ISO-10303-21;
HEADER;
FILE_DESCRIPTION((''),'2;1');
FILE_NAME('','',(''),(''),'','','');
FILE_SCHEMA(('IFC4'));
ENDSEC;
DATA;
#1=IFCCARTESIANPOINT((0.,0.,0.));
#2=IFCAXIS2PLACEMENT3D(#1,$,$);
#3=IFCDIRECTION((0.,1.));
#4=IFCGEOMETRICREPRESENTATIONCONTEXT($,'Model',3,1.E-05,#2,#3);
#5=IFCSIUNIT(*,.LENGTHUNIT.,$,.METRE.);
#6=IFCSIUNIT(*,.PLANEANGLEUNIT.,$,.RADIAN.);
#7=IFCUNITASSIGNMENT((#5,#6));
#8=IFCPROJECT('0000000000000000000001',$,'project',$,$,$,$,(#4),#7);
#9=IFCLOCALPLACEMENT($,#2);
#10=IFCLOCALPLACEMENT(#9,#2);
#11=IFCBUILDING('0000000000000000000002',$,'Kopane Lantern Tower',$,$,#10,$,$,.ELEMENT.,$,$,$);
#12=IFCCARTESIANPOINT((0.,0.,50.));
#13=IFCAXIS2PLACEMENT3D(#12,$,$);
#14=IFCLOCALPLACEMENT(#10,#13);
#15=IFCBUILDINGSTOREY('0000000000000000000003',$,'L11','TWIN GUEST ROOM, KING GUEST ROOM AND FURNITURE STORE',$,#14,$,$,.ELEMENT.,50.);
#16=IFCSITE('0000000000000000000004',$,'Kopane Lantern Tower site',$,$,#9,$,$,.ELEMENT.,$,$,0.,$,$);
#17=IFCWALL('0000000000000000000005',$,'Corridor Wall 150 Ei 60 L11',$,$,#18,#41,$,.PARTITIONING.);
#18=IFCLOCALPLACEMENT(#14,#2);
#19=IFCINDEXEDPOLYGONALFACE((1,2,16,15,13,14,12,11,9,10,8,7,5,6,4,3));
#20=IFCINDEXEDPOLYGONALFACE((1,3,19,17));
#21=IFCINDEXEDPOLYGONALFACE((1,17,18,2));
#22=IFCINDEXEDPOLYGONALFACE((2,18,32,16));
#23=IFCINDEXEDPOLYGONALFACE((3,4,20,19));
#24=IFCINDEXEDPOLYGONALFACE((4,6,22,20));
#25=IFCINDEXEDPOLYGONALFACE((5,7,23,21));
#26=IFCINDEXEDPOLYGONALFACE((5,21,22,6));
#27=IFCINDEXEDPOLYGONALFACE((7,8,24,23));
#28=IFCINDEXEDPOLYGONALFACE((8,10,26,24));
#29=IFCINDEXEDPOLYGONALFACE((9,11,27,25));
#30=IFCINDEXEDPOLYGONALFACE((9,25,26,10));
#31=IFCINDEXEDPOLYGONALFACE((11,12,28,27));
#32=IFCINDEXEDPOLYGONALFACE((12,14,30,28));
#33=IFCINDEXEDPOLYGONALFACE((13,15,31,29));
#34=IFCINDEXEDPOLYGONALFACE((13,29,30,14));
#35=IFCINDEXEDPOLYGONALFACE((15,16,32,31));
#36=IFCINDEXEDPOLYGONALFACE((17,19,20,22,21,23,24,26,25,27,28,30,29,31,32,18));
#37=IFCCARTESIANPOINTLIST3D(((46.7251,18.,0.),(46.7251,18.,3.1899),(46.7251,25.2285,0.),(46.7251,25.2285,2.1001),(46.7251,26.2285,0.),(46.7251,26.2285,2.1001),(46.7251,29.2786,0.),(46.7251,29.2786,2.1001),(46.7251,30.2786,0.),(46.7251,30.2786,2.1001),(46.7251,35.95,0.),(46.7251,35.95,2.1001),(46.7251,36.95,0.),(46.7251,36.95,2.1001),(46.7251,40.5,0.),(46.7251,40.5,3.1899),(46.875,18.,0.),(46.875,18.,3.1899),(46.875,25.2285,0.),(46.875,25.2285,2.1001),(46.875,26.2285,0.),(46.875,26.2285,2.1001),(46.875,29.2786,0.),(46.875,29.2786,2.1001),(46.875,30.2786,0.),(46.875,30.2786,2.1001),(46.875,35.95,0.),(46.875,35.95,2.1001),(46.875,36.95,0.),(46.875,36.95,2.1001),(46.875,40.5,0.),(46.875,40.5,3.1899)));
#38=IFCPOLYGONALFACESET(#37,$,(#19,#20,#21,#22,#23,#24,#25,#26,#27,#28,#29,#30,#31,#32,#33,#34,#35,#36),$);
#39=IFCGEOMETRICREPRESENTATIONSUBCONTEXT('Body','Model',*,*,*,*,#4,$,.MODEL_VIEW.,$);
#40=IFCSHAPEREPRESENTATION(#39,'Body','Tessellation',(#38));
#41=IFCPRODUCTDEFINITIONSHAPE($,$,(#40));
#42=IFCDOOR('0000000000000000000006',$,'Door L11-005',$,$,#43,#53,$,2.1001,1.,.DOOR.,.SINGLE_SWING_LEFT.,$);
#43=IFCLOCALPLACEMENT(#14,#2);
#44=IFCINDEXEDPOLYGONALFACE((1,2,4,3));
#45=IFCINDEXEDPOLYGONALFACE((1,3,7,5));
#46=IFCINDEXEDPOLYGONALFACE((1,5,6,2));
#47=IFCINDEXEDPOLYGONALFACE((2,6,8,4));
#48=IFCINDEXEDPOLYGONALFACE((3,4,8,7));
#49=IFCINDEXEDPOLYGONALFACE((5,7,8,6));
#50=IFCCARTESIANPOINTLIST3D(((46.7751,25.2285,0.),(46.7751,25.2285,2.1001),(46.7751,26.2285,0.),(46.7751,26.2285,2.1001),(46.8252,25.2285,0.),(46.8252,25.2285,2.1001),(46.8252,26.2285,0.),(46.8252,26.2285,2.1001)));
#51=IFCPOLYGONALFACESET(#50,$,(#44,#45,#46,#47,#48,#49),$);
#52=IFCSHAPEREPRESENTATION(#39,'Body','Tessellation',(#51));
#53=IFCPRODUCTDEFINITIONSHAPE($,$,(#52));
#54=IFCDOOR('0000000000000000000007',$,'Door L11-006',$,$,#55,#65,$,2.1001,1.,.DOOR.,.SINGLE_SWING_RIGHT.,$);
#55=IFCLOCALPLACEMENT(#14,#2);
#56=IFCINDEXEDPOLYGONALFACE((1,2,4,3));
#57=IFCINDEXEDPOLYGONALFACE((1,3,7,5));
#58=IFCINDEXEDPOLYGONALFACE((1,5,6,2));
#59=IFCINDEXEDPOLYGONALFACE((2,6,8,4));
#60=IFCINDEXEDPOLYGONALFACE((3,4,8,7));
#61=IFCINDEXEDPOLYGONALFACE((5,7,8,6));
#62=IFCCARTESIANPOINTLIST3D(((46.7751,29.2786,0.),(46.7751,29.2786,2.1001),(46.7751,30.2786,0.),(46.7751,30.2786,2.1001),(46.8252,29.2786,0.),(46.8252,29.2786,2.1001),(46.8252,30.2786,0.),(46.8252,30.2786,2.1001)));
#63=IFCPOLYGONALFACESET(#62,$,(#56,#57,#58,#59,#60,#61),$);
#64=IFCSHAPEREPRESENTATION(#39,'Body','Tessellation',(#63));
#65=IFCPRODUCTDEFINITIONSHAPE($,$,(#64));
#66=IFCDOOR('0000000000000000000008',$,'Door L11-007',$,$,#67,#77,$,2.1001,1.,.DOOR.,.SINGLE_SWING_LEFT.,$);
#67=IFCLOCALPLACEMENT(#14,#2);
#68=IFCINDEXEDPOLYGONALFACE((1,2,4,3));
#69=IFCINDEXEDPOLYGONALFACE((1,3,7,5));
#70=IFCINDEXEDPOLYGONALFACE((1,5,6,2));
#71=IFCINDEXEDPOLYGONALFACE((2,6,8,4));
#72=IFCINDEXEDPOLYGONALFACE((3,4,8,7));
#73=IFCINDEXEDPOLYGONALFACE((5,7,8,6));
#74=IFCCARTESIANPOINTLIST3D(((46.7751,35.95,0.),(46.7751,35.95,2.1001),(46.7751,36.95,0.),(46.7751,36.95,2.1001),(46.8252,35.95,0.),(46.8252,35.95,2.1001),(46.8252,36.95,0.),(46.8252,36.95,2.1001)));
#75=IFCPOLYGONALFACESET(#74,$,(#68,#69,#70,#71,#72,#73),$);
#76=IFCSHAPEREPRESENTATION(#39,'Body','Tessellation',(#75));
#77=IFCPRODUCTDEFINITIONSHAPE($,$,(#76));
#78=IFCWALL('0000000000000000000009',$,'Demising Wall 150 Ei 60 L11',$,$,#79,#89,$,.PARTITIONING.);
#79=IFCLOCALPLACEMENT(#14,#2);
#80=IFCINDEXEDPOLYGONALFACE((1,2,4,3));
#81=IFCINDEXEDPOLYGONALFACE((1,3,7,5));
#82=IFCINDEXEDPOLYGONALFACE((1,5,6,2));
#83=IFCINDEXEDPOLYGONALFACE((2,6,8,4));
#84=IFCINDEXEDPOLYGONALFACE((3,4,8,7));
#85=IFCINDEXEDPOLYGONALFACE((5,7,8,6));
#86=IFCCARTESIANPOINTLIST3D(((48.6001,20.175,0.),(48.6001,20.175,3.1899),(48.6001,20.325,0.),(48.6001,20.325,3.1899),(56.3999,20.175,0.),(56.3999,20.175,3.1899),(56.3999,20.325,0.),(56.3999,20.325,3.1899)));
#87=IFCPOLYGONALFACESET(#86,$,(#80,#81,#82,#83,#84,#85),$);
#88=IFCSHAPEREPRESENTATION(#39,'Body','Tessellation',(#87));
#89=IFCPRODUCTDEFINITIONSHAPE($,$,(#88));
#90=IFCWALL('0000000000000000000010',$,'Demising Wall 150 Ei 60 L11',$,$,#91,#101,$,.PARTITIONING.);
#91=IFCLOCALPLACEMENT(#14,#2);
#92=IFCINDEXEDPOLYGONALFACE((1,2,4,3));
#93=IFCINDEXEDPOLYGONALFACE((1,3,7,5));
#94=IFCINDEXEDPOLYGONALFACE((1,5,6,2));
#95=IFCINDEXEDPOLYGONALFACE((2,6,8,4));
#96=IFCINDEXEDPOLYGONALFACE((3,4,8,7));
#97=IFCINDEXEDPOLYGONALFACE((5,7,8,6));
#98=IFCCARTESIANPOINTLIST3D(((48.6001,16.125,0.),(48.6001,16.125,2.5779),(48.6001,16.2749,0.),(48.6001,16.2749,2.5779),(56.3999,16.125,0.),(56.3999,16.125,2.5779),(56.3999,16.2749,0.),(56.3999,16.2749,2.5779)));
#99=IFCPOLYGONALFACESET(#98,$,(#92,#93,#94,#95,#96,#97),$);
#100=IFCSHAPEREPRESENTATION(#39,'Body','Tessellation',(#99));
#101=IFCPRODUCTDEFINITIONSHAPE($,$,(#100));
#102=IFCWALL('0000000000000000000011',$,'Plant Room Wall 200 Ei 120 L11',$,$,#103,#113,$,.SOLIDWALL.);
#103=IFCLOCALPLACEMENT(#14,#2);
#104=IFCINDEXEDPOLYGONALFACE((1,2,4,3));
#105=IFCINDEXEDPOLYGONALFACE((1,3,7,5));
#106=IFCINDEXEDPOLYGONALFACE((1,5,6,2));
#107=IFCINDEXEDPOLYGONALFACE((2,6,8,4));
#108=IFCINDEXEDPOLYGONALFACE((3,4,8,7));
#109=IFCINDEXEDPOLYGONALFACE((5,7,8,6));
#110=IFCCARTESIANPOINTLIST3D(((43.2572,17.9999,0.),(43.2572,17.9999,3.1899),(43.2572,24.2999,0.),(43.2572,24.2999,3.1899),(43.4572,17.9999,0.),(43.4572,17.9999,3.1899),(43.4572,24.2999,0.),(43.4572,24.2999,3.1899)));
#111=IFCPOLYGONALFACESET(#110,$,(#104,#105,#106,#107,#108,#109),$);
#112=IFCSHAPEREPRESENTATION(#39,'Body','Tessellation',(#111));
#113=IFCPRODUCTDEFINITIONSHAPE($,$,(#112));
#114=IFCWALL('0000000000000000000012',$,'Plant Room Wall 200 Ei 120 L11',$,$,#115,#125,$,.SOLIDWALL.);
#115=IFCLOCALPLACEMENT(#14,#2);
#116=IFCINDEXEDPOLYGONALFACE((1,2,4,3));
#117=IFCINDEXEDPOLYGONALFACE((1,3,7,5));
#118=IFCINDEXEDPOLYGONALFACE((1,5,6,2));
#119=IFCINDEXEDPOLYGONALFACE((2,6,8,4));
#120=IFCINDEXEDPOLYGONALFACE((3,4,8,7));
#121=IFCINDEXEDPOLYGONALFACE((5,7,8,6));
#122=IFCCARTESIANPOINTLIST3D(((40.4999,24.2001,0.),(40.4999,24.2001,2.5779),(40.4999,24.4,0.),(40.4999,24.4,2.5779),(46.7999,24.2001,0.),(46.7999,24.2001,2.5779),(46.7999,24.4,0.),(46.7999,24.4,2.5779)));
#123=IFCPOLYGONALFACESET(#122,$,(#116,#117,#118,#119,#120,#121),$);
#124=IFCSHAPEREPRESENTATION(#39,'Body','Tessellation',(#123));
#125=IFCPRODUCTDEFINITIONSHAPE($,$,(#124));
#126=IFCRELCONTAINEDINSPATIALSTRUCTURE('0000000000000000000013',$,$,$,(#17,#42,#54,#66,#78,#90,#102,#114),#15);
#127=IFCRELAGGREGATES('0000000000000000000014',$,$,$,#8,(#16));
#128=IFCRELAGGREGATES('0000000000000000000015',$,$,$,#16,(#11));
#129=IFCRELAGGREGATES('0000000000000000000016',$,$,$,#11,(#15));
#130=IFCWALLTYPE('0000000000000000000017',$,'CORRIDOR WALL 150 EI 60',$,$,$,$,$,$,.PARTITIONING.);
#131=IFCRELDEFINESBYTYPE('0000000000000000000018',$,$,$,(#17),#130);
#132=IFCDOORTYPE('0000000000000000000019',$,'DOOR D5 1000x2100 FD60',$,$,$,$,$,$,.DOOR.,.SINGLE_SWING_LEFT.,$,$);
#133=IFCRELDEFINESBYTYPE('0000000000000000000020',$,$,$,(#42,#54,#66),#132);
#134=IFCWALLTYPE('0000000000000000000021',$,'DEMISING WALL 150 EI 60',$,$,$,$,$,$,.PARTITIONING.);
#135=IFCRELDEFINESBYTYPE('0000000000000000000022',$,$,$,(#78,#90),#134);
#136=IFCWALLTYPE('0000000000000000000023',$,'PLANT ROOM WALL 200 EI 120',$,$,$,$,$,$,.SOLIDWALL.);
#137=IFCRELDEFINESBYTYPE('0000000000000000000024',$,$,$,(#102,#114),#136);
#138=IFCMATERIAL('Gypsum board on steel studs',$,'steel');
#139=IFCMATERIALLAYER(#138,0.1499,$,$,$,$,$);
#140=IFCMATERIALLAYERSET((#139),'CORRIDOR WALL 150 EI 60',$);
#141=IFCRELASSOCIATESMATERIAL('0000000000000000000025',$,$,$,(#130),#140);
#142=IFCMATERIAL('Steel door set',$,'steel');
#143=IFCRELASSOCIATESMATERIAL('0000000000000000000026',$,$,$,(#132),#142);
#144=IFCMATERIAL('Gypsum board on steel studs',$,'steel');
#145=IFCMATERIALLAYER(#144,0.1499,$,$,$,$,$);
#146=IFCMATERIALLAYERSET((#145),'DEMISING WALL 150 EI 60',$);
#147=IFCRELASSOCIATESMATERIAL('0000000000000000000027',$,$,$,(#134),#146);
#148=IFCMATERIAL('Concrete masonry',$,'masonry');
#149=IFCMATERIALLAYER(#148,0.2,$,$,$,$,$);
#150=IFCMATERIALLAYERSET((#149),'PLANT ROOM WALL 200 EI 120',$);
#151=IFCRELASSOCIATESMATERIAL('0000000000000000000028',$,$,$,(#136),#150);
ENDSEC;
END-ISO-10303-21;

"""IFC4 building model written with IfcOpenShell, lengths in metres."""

from ifc_helpers import new_model, si_unit, direction, frame, frame_2d, origin, place, context, subcontext, project, spatial, rectangle, extrude, material, layer, layer_set, type_object, element, fill, save


model = new_model("IFC4")

# Units and contexts
model_context = context("Model", 3, precision=1e-05, world=origin(), true_north=direction((0.0, 1.0)))
body_context = subcontext(model_context, "Body", "Model", "MODEL_VIEW")
ifc_project = project(units=[si_unit("LENGTHUNIT", "METRE"), si_unit("PLANEANGLEUNIT", "RADIAN")], contexts=[model_context])

# Site, building, storey
site_placement = place(None, origin())
site = spatial("IfcSite", under=ifc_project, at=site_placement, Name="Kopane Lantern Tower site", CompositionType="ELEMENT", RefElevation=0.0)
building_placement = place(site_placement, origin())
building = spatial("IfcBuilding", under=site, at=building_placement, Name="Kopane Lantern Tower", CompositionType="ELEMENT")
storey_placement = place(building_placement, frame((0.0, 0.0, 50.0)))
storey = spatial("IfcBuildingStorey", under=building, at=storey_placement, Name="L11", Description="TWIN GUEST ROOM, KING GUEST ROOM AND FURNITURE STORE", CompositionType="ELEMENT", Elevation=50.0)

# Wall, openings, doors
ifc_material_1 = material(Name="Gypsum board on steel studs", Category="steel")
ifc_layer_1 = layer(ifc_material_1, 0.1499)
ifc_layer_set_1 = layer_set([ifc_layer_1], Name="CORRIDOR WALL 150 EI 60")
wall_type_1 = type_object("IfcWallType", Name="CORRIDOR WALL 150 EI 60", PredefinedType="PARTITIONING", material=ifc_layer_set_1)
wall_1_placement = place(storey_placement, frame((46.8, 18.0, 0.0), z_axis=(0.0, 0.0, 1.0), x_axis=(0.0, 1.0, 0.0)))
wall_1 = element("IfcWall", 1, at=wall_1_placement, inside=storey, type_object=wall_type_1, Name="Corridor Wall 150 Ei 60 L11", PredefinedType="PARTITIONING", context=body_context, shape_type="SweptSolid", body=[
    extrude(rectangle(XDim=22.5, YDim=0.1499, at=frame_2d((11.25, 0.0))), origin(), (0.0, 0.0, 1.0), 3.1899),
])
opening_1_placement = place(wall_1_placement, frame((7.2285, 0.0, 0.0)))
opening_1 = element("IfcOpeningElement", 2, at=opening_1_placement, cuts=wall_1, PredefinedType="OPENING", context=body_context, shape_type="SweptSolid", body=[
    extrude(rectangle(XDim=1.0, YDim=2.1001, at=frame_2d((0.5, 1.05))), frame((0.0, 0.085, 0.0), z_axis=(0.0, -1.0, 0.0), x_axis=(1.0, 0.0, 0.0)), (0.0, 0.0, 1.0), 0.1699),
])
opening_2_placement = place(wall_1_placement, frame((11.2786, 0.0, 0.0)))
opening_2 = element("IfcOpeningElement", 3, at=opening_2_placement, cuts=wall_1, PredefinedType="OPENING", context=body_context, shape_type="SweptSolid", body=[
    extrude(rectangle(XDim=1.0, YDim=2.1001, at=frame_2d((0.5, 1.05))), frame((0.0, 0.085, 0.0), z_axis=(0.0, -1.0, 0.0), x_axis=(1.0, 0.0, 0.0)), (0.0, 0.0, 1.0), 0.1699),
])
opening_3_placement = place(wall_1_placement, frame((17.95, 0.0, 0.0)))
opening_3 = element("IfcOpeningElement", 4, at=opening_3_placement, cuts=wall_1, PredefinedType="OPENING", context=body_context, shape_type="SweptSolid", body=[
    extrude(rectangle(XDim=1.0, YDim=2.1001, at=frame_2d((0.5, 1.05))), frame((0.0, 0.085, 0.0), z_axis=(0.0, -1.0, 0.0), x_axis=(1.0, 0.0, 0.0)), (0.0, 0.0, 1.0), 0.1699),
])
ifc_material_2 = material(Name="Steel door set", Category="steel")
door_type_1 = type_object("IfcDoorType", Name="DOOR D5 1000x2100 FD60", OperationType="SINGLE_SWING_LEFT", PredefinedType="DOOR", material=ifc_material_2)
door_1_placement = place(opening_1_placement, origin())
door_1 = element("IfcDoor", 5, at=door_1_placement, inside=storey, type_object=door_type_1, Name="Door L11-005", OperationType="SINGLE_SWING_LEFT", OverallHeight=2.1001, OverallWidth=1.0, PredefinedType="DOOR", context=body_context, shape_type="SweptSolid", body=[
    extrude(rectangle(XDim=1.0, YDim=2.1001, at=frame_2d((0.5, 1.05))), frame((0.0, 0.0249, 0.0), z_axis=(0.0, -1.0, 0.0), x_axis=(1.0, 0.0, 0.0)), (0.0, 0.0, 1.0), 0.05),
])
fill(opening_1, door_1)
door_2_placement = place(opening_2_placement, origin())
door_2 = element("IfcDoor", 6, at=door_2_placement, inside=storey, type_object=door_type_1, Name="Door L11-006", OperationType="SINGLE_SWING_RIGHT", OverallHeight=2.1001, OverallWidth=1.0, PredefinedType="DOOR", context=body_context, shape_type="SweptSolid", body=[
    extrude(rectangle(XDim=1.0, YDim=2.1001, at=frame_2d((0.5, 1.05))), frame((0.0, 0.0249, 0.0), z_axis=(0.0, -1.0, 0.0), x_axis=(1.0, 0.0, 0.0)), (0.0, 0.0, 1.0), 0.05),
])
fill(opening_2, door_2)
door_3_placement = place(opening_3_placement, origin())
door_3 = element("IfcDoor", 7, at=door_3_placement, inside=storey, type_object=door_type_1, Name="Door L11-007", OperationType="SINGLE_SWING_LEFT", OverallHeight=2.1001, OverallWidth=1.0, PredefinedType="DOOR", context=body_context, shape_type="SweptSolid", body=[
    extrude(rectangle(XDim=1.0, YDim=2.1001, at=frame_2d((0.5, 1.05))), frame((0.0, 0.0249, 0.0), z_axis=(0.0, -1.0, 0.0), x_axis=(1.0, 0.0, 0.0)), (0.0, 0.0, 1.0), 0.05),
])
fill(opening_3, door_3)

# Walls
ifc_material_3 = material(Name="Gypsum board on steel studs", Category="steel")
ifc_layer_2 = layer(ifc_material_3, 0.1499)
ifc_layer_set_2 = layer_set([ifc_layer_2], Name="DEMISING WALL 150 EI 60")
wall_type_2 = type_object("IfcWallType", Name="DEMISING WALL 150 EI 60", PredefinedType="PARTITIONING", material=ifc_layer_set_2)
wall_2_placement = place(storey_placement, frame((48.6001, 20.25, 0.0), z_axis=(0.0, 0.0, 1.0), x_axis=(1.0, 0.0, 0.0)))
element("IfcWall", 8, at=wall_2_placement, inside=storey, type_object=wall_type_2, Name="Demising Wall 150 Ei 60 L11", PredefinedType="PARTITIONING", context=body_context, shape_type="SweptSolid", body=[
    extrude(rectangle(XDim=7.7998, YDim=0.1499, at=frame_2d((3.8999, 0.0))), origin(), (0.0, 0.0, 1.0), 3.1899),
])
wall_3_placement = place(storey_placement, frame((48.6001, 16.2, 0.0), z_axis=(0.0, 0.0, 1.0), x_axis=(1.0, 0.0, 0.0)))
element("IfcWall", 9, at=wall_3_placement, inside=storey, type_object=wall_type_2, Name="Demising Wall 150 Ei 60 L11", PredefinedType="PARTITIONING", context=body_context, shape_type="SweptSolid", body=[
    extrude(rectangle(XDim=7.7998, YDim=0.1499, at=frame_2d((3.8999, 0.0))), origin(), (0.0, 0.0, 1.0), 2.5779),
])
ifc_material_4 = material(Name="Concrete masonry", Category="masonry")
ifc_layer_3 = layer(ifc_material_4, 0.2)
ifc_layer_set_3 = layer_set([ifc_layer_3], Name="PLANT ROOM WALL 200 EI 120")
wall_type_3 = type_object("IfcWallType", Name="PLANT ROOM WALL 200 EI 120", PredefinedType="SOLIDWALL", material=ifc_layer_set_3)
wall_4_placement = place(storey_placement, frame((43.3572, 18.0, 0.0), z_axis=(0.0, 0.0, 1.0), x_axis=(0.0, 1.0, 0.0)))
element("IfcWall", 10, at=wall_4_placement, inside=storey, type_object=wall_type_3, Name="Plant Room Wall 200 Ei 120 L11", PredefinedType="SOLIDWALL", context=body_context, shape_type="SweptSolid", body=[
    extrude(rectangle(XDim=6.3, YDim=0.2, at=frame_2d((3.1499, 0.0))), origin(), (0.0, 0.0, 1.0), 3.1899),
])
wall_5_placement = place(storey_placement, frame((40.5, 24.3, 0.0), z_axis=(0.0, 0.0, 1.0), x_axis=(1.0, 0.0, 0.0)))
element("IfcWall", 11, at=wall_5_placement, inside=storey, type_object=wall_type_3, Name="Plant Room Wall 200 Ei 120 L11", PredefinedType="SOLIDWALL", context=body_context, shape_type="SweptSolid", body=[
    extrude(rectangle(XDim=6.3, YDim=0.2, at=frame_2d((3.1499, 0.0))), origin(), (0.0, 0.0, 1.0), 2.5779),
])

save(model, "model.ifc")
